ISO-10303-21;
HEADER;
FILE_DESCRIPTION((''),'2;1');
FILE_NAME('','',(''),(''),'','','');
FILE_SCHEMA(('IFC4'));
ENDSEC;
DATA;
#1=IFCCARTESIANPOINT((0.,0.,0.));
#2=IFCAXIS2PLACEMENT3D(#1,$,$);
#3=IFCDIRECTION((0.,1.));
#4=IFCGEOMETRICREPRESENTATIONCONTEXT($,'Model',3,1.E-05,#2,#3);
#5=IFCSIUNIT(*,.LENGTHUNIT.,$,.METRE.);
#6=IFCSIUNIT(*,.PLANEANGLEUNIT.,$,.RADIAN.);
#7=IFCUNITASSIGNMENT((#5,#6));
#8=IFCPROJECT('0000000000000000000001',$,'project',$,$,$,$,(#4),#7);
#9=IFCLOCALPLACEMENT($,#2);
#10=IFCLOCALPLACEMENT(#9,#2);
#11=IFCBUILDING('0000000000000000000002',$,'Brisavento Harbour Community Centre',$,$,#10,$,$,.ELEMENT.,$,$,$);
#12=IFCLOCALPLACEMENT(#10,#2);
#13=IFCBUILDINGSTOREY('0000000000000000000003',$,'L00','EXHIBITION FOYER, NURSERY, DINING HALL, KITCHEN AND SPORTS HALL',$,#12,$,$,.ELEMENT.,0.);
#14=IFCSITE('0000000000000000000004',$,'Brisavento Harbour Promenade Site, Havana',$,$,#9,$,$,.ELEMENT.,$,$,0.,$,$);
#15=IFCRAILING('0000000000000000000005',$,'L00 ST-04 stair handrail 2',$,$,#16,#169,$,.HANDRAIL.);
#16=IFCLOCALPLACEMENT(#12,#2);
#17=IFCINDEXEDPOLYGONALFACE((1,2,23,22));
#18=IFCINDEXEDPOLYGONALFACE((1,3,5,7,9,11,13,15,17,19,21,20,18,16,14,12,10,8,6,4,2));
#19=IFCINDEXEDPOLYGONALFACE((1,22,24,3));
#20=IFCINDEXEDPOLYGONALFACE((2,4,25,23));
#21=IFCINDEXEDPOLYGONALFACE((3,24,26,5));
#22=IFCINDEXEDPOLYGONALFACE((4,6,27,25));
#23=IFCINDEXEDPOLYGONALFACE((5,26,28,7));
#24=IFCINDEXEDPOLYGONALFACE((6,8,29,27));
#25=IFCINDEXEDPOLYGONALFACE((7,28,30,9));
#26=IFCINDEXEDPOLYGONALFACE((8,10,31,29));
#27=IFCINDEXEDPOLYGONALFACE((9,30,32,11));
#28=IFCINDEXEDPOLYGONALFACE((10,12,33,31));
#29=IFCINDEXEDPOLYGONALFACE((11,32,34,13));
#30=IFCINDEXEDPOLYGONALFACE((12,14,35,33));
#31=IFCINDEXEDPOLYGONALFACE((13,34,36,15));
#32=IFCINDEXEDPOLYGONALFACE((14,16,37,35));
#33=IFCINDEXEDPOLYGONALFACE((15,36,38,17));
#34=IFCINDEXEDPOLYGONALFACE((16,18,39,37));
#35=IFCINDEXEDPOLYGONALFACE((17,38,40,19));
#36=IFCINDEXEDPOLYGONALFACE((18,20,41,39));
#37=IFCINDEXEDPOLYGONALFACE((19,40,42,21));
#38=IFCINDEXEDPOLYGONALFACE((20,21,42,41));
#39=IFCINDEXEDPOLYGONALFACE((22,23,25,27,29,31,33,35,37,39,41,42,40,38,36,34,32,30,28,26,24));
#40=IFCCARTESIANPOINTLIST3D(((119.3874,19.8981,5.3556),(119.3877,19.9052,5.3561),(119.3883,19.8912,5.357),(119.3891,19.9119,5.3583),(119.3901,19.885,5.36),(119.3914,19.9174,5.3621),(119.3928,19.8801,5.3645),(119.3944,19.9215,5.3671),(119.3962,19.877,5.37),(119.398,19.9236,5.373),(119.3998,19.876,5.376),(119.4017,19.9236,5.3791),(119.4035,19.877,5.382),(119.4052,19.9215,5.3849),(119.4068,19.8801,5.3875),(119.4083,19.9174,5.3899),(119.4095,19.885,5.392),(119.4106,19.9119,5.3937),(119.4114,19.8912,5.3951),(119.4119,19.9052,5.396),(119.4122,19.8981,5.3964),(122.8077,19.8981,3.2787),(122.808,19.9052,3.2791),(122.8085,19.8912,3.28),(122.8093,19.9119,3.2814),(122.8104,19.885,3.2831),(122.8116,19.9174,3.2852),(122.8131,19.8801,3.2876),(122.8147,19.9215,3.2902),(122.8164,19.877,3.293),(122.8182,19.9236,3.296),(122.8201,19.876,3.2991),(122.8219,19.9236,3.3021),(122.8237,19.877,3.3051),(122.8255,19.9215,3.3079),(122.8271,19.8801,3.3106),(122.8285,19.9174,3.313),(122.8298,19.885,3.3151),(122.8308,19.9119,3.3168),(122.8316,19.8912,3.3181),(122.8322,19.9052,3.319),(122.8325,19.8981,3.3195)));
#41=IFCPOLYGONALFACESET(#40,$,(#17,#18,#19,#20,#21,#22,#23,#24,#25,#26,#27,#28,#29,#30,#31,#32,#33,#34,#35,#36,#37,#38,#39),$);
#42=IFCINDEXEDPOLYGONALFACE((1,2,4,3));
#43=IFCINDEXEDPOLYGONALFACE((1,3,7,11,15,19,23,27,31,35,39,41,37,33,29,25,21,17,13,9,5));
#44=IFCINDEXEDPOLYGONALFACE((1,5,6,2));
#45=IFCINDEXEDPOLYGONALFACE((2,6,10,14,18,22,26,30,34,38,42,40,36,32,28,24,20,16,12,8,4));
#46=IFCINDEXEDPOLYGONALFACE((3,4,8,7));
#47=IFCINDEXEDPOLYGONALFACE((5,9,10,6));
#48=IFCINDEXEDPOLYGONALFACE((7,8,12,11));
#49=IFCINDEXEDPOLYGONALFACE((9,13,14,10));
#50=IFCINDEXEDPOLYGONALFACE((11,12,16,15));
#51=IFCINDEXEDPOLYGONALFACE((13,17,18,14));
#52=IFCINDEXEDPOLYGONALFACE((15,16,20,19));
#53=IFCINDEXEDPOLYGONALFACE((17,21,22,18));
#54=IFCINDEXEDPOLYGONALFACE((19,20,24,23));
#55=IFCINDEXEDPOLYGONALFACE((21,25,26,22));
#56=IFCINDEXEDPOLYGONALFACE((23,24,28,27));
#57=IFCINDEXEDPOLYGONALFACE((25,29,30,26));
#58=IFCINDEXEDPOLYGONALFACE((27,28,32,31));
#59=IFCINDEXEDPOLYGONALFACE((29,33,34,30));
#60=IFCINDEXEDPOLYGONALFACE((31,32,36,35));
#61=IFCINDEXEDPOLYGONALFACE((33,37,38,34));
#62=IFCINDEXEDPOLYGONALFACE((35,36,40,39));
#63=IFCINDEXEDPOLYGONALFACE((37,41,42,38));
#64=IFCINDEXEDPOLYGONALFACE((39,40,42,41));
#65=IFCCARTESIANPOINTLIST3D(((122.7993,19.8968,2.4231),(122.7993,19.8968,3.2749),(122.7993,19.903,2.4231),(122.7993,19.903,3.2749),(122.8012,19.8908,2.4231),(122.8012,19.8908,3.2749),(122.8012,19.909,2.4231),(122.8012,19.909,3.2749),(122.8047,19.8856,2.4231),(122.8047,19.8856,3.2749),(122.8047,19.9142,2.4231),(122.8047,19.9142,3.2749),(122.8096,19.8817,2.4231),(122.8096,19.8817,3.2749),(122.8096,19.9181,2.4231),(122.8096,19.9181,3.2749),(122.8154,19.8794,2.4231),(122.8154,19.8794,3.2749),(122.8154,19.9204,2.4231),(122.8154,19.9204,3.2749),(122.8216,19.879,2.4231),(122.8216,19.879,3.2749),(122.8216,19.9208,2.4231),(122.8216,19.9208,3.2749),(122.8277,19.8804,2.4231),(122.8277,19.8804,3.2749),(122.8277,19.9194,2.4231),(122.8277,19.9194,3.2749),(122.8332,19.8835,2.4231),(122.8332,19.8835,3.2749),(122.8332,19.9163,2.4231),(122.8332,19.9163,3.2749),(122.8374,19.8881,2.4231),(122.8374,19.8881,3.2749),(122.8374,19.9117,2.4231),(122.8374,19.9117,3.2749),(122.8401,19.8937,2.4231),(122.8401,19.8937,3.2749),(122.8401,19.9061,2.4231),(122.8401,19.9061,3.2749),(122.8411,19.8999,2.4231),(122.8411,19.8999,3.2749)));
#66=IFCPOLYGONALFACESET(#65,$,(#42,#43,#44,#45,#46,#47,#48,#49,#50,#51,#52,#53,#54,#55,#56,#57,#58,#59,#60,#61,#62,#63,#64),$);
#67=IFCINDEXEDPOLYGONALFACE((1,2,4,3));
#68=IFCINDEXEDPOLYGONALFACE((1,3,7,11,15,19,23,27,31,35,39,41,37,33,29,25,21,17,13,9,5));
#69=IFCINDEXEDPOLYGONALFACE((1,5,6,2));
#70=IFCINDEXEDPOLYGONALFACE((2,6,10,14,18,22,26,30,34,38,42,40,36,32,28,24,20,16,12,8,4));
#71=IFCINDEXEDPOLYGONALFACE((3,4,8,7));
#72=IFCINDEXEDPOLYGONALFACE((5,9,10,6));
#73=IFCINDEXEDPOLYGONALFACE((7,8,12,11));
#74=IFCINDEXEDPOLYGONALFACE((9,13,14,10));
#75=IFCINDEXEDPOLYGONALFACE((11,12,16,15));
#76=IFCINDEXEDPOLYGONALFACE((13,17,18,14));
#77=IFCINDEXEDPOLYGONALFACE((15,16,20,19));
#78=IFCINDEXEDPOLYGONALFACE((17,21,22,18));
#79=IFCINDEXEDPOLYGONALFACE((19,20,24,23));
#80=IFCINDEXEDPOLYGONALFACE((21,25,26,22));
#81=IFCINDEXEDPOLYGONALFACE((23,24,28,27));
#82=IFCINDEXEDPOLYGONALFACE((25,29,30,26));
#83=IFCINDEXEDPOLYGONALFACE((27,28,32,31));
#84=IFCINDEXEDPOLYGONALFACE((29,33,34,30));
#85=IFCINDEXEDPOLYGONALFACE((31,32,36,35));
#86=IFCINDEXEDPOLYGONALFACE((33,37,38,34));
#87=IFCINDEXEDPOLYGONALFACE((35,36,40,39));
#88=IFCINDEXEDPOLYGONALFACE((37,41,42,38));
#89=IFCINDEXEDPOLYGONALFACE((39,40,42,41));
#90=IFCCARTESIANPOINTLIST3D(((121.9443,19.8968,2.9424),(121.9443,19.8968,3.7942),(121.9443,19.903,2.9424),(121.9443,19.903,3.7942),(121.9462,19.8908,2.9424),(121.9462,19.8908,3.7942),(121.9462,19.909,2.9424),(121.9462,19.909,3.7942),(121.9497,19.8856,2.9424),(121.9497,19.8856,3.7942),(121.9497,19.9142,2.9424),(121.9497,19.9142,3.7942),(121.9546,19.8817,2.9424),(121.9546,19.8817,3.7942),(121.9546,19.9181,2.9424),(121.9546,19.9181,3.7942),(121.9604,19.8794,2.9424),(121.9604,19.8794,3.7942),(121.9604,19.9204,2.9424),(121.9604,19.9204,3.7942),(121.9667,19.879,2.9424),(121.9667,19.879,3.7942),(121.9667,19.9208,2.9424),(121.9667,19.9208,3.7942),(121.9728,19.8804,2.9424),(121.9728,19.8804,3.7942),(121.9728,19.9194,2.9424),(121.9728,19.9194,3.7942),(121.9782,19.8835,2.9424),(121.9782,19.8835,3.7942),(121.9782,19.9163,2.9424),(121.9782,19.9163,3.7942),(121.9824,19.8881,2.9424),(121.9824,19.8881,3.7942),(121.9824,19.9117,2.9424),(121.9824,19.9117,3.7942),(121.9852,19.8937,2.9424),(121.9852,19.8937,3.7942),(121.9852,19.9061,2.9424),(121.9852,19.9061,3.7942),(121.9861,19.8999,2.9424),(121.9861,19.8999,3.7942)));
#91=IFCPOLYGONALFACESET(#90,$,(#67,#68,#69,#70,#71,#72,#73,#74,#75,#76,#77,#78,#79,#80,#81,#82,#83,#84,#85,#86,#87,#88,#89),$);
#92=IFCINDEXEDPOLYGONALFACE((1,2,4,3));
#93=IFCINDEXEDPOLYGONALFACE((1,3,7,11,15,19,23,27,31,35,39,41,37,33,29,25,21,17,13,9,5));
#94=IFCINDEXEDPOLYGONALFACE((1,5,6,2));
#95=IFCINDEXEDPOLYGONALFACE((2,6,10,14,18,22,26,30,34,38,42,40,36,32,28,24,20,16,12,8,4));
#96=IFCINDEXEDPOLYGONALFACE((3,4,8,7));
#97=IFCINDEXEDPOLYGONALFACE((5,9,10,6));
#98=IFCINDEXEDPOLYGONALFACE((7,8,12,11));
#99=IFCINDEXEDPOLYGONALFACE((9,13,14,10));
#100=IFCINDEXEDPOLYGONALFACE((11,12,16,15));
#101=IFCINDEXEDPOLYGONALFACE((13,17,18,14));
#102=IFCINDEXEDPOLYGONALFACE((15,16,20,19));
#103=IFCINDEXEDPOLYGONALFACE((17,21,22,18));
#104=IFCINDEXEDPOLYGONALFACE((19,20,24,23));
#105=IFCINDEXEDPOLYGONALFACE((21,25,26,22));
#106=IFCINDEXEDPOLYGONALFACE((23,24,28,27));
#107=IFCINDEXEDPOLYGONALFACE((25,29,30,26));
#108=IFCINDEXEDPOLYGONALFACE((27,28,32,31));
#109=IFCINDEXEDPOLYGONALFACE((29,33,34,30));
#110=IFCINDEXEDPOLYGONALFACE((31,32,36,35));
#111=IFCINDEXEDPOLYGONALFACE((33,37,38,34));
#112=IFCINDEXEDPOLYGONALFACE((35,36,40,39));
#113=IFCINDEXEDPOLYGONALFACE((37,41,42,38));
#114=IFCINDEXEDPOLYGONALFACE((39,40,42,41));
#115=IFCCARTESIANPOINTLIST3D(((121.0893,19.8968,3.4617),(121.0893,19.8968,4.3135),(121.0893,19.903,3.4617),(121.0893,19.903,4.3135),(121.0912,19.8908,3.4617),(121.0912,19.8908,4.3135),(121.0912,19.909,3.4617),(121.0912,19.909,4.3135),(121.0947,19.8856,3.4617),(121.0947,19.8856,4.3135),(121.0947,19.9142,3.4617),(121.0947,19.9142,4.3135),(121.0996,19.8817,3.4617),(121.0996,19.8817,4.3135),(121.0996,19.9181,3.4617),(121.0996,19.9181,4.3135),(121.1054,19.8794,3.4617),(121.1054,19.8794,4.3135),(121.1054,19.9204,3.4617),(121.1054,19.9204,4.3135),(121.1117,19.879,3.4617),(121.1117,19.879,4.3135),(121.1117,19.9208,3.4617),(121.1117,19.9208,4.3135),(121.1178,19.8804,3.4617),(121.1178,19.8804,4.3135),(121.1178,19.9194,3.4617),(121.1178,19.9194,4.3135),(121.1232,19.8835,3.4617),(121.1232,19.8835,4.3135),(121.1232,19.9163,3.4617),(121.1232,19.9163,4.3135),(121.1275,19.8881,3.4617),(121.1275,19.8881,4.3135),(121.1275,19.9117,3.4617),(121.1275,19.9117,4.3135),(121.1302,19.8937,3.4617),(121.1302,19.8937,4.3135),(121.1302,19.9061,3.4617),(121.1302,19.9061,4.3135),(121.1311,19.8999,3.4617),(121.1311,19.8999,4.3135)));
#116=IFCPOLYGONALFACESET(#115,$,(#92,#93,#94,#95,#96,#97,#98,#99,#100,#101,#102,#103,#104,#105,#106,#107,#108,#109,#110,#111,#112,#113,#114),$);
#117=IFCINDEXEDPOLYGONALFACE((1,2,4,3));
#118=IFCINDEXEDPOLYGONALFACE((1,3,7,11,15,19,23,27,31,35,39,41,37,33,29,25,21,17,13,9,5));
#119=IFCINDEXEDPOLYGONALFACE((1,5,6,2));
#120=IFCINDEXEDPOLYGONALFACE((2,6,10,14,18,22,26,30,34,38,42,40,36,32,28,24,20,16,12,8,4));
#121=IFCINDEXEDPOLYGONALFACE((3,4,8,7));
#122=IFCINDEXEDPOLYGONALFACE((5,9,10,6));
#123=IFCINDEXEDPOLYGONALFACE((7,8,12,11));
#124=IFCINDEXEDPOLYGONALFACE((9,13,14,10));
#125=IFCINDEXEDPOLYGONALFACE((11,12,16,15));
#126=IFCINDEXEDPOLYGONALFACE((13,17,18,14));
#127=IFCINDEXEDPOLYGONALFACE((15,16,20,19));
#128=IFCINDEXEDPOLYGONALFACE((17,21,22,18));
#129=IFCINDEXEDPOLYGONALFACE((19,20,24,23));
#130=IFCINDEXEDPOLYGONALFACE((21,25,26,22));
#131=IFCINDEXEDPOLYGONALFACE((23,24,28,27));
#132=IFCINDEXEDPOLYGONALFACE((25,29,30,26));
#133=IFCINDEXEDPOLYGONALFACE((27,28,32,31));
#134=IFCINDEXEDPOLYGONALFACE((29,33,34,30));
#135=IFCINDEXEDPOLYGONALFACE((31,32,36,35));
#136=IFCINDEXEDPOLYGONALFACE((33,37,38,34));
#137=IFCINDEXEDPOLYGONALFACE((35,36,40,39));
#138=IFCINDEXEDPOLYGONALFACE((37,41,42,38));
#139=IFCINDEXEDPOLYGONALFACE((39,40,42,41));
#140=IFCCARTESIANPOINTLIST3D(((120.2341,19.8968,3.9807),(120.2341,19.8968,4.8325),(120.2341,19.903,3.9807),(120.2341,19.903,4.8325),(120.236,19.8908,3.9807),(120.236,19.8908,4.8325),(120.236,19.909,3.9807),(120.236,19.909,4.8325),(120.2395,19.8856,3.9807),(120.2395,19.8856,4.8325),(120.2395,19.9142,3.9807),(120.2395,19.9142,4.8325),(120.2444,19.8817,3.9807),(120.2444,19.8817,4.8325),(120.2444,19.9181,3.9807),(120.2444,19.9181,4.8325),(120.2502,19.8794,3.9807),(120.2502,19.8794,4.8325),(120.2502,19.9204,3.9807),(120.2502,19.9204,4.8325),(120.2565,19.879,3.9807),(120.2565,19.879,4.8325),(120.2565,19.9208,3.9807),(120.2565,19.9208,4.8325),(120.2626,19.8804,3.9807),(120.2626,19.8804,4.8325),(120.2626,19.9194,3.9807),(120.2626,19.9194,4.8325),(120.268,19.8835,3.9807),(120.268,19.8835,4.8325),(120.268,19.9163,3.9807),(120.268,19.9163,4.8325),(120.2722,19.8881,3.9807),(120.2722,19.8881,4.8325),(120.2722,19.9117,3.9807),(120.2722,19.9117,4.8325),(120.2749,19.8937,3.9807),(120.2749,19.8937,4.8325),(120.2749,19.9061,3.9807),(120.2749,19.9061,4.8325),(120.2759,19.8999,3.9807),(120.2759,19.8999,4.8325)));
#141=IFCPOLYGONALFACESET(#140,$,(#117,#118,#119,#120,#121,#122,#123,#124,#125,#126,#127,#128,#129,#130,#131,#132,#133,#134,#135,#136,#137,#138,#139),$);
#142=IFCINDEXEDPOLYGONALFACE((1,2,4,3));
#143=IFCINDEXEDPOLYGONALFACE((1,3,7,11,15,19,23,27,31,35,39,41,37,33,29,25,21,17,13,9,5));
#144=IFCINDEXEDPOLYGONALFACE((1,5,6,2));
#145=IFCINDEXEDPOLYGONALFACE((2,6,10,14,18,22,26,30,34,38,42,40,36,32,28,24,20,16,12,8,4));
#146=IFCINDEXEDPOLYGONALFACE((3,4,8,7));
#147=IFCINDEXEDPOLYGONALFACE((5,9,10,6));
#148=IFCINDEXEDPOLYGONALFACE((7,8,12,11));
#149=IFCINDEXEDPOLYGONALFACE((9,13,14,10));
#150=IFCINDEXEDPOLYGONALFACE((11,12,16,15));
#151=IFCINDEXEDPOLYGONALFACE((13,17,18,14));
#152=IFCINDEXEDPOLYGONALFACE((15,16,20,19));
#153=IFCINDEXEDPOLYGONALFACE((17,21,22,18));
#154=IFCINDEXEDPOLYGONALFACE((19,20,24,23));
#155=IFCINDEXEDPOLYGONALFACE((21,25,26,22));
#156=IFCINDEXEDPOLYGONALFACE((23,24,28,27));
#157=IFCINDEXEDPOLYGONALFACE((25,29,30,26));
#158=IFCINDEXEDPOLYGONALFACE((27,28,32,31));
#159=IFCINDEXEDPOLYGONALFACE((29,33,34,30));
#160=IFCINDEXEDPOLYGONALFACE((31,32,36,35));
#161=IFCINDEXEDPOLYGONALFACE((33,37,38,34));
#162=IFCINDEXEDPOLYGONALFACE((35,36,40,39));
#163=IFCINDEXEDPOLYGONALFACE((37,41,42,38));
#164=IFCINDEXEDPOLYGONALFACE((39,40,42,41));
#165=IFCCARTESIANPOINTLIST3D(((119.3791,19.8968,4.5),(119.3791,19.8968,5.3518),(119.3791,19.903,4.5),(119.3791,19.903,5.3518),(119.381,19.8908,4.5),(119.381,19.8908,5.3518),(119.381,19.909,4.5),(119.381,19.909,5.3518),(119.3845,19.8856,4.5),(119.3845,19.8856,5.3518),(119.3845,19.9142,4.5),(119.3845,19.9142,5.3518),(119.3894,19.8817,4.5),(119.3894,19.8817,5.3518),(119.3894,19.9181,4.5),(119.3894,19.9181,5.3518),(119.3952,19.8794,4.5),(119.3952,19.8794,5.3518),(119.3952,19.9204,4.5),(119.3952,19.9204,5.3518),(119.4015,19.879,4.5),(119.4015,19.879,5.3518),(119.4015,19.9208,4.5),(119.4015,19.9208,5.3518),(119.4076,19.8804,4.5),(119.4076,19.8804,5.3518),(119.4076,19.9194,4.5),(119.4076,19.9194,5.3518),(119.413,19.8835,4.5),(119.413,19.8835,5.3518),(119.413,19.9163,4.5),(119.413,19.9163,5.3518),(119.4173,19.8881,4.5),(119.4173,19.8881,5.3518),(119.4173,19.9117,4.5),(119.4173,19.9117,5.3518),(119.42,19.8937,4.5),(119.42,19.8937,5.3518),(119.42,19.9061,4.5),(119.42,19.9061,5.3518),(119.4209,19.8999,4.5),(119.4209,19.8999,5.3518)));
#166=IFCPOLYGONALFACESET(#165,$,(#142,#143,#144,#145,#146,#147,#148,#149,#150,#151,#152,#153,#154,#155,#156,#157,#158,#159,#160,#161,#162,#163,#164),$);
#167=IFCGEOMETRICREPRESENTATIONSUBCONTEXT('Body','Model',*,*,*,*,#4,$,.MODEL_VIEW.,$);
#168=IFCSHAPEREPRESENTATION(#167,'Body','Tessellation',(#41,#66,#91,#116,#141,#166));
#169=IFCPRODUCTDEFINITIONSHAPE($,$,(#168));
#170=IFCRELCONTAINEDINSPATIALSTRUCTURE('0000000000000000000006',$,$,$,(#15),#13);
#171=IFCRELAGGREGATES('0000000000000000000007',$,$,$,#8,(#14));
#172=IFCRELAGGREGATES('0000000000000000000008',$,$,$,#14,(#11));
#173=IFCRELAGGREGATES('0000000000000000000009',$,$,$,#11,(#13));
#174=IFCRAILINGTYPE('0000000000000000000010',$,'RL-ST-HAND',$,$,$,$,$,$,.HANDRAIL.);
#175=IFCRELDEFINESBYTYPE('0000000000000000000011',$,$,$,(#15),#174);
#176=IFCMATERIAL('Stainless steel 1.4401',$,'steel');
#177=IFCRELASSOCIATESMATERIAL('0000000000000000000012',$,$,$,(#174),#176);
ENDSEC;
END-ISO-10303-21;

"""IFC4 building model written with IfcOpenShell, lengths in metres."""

from ifc_helpers import new_model, si_unit, direction, frame, origin, origin_2d, place, context, subcontext, project, spatial, circle, extrude, material, type_object, element, save


model = new_model("IFC4")

# Units and contexts
model_context = context("Model", 3, precision=1e-05, world=origin(), true_north=direction((0.0, 1.0)))
body_context = subcontext(model_context, "Body", "Model", "MODEL_VIEW")
ifc_project = project(units=[si_unit("LENGTHUNIT", "METRE"), si_unit("PLANEANGLEUNIT", "RADIAN")], contexts=[model_context])

# Site, building, storey
site_placement = place(None, origin())
site = spatial("IfcSite", under=ifc_project, at=site_placement, Name="Brisavento Harbour Promenade Site, Havana", CompositionType="ELEMENT", RefElevation=0.0)
building_placement = place(site_placement, origin())
building = spatial("IfcBuilding", under=site, at=building_placement, Name="Brisavento Harbour Community Centre", CompositionType="ELEMENT")
storey_placement = place(building_placement, origin())
storey = spatial("IfcBuildingStorey", under=building, at=storey_placement, Name="L00", Description="EXHIBITION FOYER, NURSERY, DINING HALL, KITCHEN AND SPORTS HALL", CompositionType="ELEMENT", Elevation=0.0)

# Railing
ifc_material_1 = material(Name="Stainless steel 1.4401", Category="steel")
railing_type_1 = type_object("IfcRailingType", Name="RL-ST-HAND", PredefinedType="HANDRAIL", material=ifc_material_1)
railing_1_placement = place(storey_placement, frame((122.8201, 19.8999, 2.4231)))
element("IfcRailing", 1, at=railing_1_placement, inside=storey, type_object=railing_type_1, Name="L00 ST-04 stair handrail 2", PredefinedType="HANDRAIL", context=body_context, shape_type="SweptSolid", body=[
    extrude(circle(Radius=0.0239, at=origin_2d()), frame((0.0, 0.0, 0.876), z_axis=(-0.854746, 0.0, 0.519047), x_axis=(0.0, -1.0, 0.0)), (0.0, 0.0, 1.0), 4.0015),
    extrude(circle(Radius=0.021, at=origin_2d()), origin(), (0.0, 0.0, 1.0), 0.8518),
    extrude(circle(Radius=0.021, at=origin_2d()), frame((-0.855, 0.0, 0.5193)), (0.0, 0.0, 1.0), 0.8518),
    extrude(circle(Radius=0.021, at=origin_2d()), frame((-1.71, 0.0, 1.0386)), (0.0, 0.0, 1.0), 0.8518),
    extrude(circle(Radius=0.021, at=origin_2d()), frame((-2.5652, 0.0, 1.5576)), (0.0, 0.0, 1.0), 0.8518),
    extrude(circle(Radius=0.021, at=origin_2d()), frame((-3.4202, 0.0, 2.0769)), (0.0, 0.0, 1.0), 0.8518),
])

save(model, "model.ifc")
